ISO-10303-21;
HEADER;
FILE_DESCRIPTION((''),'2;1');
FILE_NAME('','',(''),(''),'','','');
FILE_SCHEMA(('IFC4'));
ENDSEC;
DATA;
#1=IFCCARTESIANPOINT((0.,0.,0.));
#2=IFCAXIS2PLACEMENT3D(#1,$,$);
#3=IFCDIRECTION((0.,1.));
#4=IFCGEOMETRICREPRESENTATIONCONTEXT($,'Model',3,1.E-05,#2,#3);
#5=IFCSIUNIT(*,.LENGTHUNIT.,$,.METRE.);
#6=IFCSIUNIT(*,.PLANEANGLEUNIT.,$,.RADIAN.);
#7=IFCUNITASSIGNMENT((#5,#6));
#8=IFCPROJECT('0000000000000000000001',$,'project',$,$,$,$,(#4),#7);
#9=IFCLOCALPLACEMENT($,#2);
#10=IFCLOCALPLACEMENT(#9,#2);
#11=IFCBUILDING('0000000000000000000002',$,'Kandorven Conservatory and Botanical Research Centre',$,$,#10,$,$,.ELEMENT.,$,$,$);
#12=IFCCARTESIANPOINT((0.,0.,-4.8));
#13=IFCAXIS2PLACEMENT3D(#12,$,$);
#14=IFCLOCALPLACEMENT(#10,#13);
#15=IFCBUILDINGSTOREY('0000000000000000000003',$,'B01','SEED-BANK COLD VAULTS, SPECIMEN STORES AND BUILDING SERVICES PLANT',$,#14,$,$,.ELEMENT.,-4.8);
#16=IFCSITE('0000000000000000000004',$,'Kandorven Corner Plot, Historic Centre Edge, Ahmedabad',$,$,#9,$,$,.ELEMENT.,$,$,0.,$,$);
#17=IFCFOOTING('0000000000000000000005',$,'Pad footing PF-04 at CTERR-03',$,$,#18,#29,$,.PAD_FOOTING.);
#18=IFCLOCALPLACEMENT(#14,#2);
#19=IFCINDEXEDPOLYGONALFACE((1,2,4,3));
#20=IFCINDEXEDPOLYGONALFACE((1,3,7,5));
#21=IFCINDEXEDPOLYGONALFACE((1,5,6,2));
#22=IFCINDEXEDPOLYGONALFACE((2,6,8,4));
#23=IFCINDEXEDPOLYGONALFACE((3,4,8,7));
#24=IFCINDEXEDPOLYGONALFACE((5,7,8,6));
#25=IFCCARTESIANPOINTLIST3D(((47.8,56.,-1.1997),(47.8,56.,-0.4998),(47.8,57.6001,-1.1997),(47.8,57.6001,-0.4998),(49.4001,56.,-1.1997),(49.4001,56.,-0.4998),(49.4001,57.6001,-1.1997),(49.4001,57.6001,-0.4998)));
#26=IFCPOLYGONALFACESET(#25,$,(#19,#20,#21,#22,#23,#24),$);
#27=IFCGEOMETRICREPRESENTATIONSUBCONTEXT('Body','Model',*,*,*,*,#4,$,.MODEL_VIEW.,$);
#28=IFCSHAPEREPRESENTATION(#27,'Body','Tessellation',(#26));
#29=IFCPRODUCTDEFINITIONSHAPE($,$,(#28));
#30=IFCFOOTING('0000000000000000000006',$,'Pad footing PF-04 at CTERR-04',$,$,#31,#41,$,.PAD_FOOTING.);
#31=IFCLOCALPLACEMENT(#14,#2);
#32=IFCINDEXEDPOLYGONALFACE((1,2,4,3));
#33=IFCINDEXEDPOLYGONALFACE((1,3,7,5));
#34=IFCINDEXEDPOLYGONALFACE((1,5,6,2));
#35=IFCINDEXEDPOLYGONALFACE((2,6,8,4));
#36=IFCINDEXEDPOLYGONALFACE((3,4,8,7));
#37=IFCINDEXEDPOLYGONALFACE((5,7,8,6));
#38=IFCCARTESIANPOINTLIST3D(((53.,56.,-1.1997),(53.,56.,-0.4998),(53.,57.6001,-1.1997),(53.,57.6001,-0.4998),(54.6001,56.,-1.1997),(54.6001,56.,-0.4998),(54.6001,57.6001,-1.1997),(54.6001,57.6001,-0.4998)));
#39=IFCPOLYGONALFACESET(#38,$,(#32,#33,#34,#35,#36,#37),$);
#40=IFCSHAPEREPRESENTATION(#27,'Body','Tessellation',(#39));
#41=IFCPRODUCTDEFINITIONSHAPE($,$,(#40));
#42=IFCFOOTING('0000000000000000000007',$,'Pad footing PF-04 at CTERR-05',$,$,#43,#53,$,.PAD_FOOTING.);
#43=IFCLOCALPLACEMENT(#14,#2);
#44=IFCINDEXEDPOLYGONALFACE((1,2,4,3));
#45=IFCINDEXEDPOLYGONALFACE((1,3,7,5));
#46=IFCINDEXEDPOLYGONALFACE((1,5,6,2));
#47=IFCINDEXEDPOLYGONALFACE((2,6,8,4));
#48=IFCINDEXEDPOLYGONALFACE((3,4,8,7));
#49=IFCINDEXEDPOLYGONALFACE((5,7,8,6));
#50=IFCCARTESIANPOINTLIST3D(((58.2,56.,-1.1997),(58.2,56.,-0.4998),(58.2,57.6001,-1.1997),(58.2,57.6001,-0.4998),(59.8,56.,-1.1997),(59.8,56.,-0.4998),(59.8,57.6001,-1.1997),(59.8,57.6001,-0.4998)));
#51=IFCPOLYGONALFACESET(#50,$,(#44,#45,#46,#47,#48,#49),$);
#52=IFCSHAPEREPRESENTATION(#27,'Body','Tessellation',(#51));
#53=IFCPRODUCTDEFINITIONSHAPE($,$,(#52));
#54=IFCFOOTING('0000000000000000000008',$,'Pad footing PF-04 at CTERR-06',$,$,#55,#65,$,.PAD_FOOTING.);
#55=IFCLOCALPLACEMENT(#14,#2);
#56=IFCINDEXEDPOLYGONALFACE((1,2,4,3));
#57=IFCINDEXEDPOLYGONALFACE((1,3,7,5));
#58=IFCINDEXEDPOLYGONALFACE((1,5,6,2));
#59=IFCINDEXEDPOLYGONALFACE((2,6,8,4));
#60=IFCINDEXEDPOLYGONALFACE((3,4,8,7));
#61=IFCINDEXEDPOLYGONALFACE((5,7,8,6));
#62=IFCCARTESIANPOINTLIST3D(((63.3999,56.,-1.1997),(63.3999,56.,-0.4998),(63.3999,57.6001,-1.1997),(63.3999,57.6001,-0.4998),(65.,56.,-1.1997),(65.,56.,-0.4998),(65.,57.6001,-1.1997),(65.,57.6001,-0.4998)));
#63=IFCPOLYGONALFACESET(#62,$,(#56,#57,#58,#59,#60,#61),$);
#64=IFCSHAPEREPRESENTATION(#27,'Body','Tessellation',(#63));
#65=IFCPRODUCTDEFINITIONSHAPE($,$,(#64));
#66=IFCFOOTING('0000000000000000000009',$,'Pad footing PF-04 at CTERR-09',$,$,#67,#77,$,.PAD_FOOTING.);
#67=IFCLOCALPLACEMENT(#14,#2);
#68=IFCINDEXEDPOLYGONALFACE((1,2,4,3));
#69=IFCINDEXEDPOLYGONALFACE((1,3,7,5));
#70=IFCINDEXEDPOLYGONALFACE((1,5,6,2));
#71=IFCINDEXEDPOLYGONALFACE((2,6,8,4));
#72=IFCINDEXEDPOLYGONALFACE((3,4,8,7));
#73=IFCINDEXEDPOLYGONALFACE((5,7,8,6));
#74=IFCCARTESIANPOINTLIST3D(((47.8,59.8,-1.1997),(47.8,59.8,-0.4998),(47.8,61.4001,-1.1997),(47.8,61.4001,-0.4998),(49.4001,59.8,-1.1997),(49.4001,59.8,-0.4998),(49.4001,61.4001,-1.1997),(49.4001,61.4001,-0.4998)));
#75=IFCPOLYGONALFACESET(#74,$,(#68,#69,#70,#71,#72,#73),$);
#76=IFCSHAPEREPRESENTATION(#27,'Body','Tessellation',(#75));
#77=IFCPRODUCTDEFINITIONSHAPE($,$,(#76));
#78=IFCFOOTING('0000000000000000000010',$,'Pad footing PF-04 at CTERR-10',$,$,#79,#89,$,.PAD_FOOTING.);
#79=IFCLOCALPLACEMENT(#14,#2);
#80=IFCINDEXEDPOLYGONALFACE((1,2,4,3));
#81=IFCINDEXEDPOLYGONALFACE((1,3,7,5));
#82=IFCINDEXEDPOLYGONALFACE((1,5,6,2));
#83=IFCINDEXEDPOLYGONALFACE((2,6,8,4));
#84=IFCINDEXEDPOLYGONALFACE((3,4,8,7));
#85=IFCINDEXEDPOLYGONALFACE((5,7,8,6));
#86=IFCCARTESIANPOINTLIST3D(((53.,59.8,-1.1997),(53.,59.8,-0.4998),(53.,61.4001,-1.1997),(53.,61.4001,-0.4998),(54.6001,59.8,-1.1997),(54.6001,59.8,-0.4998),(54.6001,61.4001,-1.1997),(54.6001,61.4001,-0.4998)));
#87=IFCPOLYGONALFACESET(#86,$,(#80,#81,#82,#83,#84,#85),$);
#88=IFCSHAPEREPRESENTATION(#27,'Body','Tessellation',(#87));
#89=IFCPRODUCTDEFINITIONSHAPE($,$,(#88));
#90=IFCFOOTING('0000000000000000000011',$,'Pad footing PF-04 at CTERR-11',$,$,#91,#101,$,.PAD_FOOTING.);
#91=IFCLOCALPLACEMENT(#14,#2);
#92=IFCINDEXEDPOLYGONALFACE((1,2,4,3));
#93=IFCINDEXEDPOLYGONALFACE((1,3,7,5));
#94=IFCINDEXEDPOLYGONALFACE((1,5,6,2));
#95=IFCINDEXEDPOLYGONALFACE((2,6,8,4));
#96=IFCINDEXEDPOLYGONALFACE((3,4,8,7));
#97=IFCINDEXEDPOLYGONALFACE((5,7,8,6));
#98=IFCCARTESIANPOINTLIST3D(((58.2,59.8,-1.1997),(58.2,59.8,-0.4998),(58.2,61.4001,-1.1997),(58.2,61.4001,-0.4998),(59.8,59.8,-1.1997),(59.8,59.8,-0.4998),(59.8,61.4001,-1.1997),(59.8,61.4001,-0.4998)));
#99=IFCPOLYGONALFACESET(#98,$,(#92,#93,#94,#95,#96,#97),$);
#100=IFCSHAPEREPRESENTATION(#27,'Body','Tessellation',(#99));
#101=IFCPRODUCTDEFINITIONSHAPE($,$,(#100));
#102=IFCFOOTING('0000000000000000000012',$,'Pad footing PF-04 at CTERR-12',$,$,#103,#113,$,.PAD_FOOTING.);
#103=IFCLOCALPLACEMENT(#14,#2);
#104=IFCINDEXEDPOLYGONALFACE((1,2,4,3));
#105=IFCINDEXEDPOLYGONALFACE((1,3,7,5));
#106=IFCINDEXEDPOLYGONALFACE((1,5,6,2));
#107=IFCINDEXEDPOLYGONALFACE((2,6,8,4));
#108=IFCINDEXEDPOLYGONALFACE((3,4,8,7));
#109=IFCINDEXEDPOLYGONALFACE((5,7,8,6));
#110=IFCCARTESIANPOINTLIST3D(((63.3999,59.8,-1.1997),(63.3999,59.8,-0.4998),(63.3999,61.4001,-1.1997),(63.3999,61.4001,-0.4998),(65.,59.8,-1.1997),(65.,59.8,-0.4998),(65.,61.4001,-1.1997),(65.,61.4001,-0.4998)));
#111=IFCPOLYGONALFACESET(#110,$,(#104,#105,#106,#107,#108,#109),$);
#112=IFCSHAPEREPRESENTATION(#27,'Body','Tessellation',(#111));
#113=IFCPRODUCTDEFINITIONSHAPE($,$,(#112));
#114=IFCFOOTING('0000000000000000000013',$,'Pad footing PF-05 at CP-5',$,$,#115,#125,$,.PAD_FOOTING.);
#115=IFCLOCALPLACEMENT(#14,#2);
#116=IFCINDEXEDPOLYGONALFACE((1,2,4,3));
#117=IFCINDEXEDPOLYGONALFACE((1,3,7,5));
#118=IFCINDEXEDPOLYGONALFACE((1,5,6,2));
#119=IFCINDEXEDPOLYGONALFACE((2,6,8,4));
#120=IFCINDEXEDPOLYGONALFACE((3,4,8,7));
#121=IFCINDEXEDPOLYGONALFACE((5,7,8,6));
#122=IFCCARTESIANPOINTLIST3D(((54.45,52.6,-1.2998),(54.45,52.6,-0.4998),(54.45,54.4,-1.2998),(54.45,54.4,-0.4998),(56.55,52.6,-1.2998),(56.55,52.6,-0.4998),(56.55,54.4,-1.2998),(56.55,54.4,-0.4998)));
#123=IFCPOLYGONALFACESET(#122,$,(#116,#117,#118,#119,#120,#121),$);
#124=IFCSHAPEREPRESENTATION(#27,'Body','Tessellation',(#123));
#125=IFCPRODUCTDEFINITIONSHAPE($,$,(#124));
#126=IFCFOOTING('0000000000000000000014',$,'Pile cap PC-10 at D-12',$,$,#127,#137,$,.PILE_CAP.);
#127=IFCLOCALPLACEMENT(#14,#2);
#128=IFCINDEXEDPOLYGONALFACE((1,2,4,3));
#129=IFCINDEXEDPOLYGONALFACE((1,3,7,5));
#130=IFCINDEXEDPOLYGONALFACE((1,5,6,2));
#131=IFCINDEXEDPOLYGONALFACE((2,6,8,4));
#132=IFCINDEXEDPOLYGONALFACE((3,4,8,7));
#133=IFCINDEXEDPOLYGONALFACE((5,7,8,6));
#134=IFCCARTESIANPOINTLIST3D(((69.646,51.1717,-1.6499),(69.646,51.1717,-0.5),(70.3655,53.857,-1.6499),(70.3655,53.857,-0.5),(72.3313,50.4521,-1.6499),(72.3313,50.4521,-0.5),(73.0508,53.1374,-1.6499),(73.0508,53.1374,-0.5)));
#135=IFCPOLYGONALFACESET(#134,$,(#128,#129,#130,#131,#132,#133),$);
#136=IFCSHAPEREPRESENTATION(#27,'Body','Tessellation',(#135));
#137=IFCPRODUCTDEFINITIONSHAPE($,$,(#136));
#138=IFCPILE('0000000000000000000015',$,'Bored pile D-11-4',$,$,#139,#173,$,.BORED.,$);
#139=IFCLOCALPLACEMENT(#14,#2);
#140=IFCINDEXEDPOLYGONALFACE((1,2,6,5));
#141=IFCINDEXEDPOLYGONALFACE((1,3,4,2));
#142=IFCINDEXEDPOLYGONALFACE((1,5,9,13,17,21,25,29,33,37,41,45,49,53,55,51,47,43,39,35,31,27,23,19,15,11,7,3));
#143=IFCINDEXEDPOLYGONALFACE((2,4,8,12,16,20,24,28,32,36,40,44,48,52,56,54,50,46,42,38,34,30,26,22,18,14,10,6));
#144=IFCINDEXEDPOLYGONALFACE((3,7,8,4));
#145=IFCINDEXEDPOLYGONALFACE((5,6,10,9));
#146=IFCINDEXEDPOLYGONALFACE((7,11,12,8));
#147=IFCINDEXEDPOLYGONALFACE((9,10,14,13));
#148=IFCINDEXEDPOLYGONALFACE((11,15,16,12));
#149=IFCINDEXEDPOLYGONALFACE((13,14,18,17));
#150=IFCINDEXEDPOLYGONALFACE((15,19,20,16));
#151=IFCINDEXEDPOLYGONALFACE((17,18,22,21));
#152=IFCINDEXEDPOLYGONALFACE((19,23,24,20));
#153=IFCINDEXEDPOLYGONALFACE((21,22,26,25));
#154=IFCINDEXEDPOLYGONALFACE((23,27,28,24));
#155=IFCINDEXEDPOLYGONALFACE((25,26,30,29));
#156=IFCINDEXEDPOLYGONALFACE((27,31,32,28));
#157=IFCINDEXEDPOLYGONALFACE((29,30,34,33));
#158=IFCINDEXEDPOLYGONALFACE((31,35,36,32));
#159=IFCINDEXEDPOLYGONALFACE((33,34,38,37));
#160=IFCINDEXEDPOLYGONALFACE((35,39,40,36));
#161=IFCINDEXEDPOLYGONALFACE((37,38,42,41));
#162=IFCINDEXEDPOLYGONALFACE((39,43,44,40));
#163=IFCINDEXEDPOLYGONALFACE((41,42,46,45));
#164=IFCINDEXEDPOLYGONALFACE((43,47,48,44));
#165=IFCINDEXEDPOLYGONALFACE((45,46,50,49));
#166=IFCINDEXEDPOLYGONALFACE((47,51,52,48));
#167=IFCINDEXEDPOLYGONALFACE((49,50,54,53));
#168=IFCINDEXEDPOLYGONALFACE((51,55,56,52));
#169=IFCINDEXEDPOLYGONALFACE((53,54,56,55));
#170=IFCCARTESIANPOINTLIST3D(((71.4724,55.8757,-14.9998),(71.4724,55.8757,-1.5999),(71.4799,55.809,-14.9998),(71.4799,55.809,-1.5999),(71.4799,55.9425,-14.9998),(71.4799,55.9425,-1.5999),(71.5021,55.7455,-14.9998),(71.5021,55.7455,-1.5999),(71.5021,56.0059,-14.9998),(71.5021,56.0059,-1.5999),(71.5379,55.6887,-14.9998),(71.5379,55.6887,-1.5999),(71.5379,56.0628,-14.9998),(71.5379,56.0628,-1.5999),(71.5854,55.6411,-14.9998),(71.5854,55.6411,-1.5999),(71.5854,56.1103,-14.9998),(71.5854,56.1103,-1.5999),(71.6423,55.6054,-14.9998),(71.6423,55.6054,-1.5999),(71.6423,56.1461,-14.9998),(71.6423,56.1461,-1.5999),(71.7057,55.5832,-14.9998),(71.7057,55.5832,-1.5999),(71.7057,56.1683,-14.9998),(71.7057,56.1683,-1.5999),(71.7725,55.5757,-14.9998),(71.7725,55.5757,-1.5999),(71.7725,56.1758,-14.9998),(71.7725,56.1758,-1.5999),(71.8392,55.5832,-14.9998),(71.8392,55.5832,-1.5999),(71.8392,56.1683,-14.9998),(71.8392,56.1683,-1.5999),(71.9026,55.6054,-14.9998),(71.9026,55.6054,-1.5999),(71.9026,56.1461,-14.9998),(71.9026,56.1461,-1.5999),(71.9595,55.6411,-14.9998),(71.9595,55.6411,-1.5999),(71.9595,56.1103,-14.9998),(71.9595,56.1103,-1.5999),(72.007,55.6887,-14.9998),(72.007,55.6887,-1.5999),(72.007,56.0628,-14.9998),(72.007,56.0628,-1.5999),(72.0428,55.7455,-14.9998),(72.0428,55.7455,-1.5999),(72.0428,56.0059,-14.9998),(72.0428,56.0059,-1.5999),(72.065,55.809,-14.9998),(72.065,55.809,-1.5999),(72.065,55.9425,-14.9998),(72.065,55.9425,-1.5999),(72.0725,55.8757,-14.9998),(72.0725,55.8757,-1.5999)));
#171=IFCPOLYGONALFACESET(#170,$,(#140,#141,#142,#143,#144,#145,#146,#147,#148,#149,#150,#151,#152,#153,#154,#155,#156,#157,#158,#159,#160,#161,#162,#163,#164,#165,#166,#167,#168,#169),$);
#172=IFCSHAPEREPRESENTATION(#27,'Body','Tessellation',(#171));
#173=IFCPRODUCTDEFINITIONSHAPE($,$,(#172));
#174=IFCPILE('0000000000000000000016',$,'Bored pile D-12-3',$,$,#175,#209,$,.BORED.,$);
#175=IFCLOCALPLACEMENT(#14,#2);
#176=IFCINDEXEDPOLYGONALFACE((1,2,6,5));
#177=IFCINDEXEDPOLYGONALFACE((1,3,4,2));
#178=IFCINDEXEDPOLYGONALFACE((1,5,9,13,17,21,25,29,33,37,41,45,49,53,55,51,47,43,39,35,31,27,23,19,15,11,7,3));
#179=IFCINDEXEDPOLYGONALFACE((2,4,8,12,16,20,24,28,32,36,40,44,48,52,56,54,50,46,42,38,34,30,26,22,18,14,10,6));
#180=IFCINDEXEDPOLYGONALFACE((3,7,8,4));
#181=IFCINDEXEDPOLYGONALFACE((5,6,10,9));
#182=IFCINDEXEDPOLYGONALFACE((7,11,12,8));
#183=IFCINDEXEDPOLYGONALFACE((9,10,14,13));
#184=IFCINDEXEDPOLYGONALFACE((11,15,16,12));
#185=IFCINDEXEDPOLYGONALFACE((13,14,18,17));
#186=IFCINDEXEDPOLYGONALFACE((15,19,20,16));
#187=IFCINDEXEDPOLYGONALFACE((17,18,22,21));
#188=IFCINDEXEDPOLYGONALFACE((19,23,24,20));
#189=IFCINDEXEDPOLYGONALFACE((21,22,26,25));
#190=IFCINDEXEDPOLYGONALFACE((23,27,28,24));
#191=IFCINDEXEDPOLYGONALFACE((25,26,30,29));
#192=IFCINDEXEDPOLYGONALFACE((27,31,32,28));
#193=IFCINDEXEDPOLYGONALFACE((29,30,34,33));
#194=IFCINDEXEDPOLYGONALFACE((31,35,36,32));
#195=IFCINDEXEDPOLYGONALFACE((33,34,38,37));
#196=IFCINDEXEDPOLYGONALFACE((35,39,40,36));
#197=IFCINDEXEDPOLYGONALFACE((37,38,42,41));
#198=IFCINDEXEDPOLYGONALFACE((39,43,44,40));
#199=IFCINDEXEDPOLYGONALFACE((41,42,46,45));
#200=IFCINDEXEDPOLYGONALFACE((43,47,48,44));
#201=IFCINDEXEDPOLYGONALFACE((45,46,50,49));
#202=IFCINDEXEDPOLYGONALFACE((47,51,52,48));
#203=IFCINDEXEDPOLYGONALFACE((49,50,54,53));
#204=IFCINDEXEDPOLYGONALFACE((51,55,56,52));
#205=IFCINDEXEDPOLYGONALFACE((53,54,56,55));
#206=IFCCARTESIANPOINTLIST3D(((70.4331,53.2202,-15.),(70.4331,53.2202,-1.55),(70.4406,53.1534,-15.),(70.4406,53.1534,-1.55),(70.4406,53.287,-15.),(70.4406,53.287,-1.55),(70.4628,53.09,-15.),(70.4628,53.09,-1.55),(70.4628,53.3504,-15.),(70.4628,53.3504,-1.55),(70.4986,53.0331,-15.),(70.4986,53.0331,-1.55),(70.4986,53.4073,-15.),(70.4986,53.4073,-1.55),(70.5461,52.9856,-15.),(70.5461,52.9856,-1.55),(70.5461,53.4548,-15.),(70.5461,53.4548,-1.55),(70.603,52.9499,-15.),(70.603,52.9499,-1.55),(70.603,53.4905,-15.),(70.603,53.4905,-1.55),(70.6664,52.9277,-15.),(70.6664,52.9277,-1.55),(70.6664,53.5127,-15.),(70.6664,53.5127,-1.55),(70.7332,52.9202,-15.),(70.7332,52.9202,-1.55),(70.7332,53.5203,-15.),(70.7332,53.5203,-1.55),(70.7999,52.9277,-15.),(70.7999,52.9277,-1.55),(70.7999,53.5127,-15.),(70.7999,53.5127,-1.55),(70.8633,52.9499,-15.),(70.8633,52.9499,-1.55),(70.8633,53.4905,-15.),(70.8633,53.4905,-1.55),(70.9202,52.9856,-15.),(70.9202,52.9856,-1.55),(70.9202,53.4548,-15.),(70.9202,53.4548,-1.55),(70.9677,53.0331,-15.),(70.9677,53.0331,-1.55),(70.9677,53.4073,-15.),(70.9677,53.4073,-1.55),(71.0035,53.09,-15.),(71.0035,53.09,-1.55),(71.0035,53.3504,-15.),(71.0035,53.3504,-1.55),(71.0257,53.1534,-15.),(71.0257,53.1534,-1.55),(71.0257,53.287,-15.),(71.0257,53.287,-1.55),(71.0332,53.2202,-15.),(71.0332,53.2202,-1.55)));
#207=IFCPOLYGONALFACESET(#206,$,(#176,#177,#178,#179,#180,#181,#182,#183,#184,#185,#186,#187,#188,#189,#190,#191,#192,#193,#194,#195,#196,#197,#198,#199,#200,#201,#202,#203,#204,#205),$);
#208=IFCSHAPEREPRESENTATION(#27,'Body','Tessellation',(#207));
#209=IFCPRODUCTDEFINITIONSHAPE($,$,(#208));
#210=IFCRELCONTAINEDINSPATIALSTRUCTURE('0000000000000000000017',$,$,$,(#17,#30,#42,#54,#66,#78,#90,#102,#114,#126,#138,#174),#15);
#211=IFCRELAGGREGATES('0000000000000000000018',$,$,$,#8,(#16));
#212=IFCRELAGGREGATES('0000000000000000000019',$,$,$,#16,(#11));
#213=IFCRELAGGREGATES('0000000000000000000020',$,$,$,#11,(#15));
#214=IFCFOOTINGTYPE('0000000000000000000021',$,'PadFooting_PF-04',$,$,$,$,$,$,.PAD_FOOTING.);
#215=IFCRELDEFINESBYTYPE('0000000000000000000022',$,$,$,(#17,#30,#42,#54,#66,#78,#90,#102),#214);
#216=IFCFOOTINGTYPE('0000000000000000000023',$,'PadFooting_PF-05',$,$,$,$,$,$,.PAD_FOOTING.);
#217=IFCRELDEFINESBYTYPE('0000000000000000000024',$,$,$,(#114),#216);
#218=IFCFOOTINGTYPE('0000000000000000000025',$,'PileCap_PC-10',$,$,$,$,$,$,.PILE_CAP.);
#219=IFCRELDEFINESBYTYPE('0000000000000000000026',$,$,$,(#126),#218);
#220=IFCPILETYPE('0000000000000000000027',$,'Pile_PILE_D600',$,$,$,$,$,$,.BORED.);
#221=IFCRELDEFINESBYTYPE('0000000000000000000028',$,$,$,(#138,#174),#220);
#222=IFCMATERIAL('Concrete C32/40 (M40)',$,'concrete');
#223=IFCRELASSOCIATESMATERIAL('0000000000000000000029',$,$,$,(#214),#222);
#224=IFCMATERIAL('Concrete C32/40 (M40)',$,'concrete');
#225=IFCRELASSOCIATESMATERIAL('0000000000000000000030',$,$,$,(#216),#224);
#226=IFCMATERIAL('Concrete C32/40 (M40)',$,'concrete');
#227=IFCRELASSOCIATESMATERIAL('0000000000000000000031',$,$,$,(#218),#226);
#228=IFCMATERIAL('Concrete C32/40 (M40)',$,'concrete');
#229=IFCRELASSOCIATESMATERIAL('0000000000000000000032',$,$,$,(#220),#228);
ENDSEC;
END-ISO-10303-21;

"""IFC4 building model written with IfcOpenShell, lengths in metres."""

from ifc_helpers import new_model, si_unit, direction, frame, origin, origin_2d, place, context, subcontext, project, spatial, rectangle, circle, extrude, material, material_profile, profile_set, type_object, element, save


model = new_model("IFC4")

# Units and contexts
model_context = context("Model", 3, precision=1e-05, world=origin(), true_north=direction((0.0, 1.0)))
body_context = subcontext(model_context, "Body", "Model", "MODEL_VIEW")
ifc_project = project(units=[si_unit("LENGTHUNIT", "METRE"), si_unit("PLANEANGLEUNIT", "RADIAN")], contexts=[model_context])

# Site, building, storey
site_placement = place(None, origin())
site = spatial("IfcSite", under=ifc_project, at=site_placement, Name="Kandorven Corner Plot, Historic Centre Edge, Ahmedabad", CompositionType="ELEMENT", RefElevation=0.0)
building_placement = place(site_placement, origin())
building = spatial("IfcBuilding", under=site, at=building_placement, Name="Kandorven Conservatory and Botanical Research Centre", CompositionType="ELEMENT")
storey_placement = place(building_placement, frame((0.0, 0.0, -4.8)))
storey = spatial("IfcBuildingStorey", under=building, at=storey_placement, Name="B01", Description="SEED-BANK COLD VAULTS, SPECIMEN STORES AND BUILDING SERVICES PLANT", CompositionType="ELEMENT", Elevation=-4.8)

# Footings
ifc_material_1 = material(Name="Concrete C32/40 (M40)", Category="concrete")
footing_type_1 = type_object("IfcFootingType", Name="PadFooting_PF-04", PredefinedType="PAD_FOOTING", material=ifc_material_1)
for number, where, z_axis, x_axis, name in (
    (1, (48.6001, 56.8, -1.1997), (0.0, 0.0, 1.0), (1.0, 0.0, 0.0), "Pad footing PF-04 at CTERR-03"),
    (2, (53.8, 56.8, -1.1997), (0.0, 0.0, 1.0), (1.0, 0.0, 0.0), "Pad footing PF-04 at CTERR-04"),
    (3, (59.0, 56.8, -1.1997), (0.0, 0.0, 1.0), (1.0, 0.0, 0.0), "Pad footing PF-04 at CTERR-05"),
    (4, (64.2, 56.8, -1.1997), (0.0, 0.0, 1.0), (1.0, 0.0, 0.0), "Pad footing PF-04 at CTERR-06"),
    (5, (48.6001, 60.6001, -1.1997), (0.0, 0.0, 1.0), (1.0, 0.0, 0.0), "Pad footing PF-04 at CTERR-09"),
    (6, (53.8, 60.6001, -1.1997), (0.0, 0.0, 1.0), (1.0, 0.0, 0.0), "Pad footing PF-04 at CTERR-10"),
    (7, (59.0, 60.6001, -1.1997), (0.0, 0.0, 1.0), (1.0, 0.0, 0.0), "Pad footing PF-04 at CTERR-11"),
    (8, (64.2, 60.6001, -1.1997), (0.0, 0.0, 1.0), (1.0, 0.0, 0.0), "Pad footing PF-04 at CTERR-12"),
):
    element("IfcFooting", number, at=place(storey_placement, frame(where, z_axis=z_axis, x_axis=x_axis)), inside=storey, type_object=footing_type_1, Name=name, PredefinedType="PAD_FOOTING", context=body_context, shape_type="SweptSolid", body=[
        extrude(rectangle(XDim=1.6001, YDim=1.6001, at=origin_2d()), origin(), (0.0, 0.0, 1.0), 0.7),
    ])
ifc_material_2 = material(Name="Concrete C32/40 (M40)", Category="concrete")
footing_type_2 = type_object("IfcFootingType", Name="PadFooting_PF-05", PredefinedType="PAD_FOOTING", material=ifc_material_2)
footing_1_placement = place(storey_placement, frame((55.5, 53.5, -1.2998), z_axis=(0.0, 0.0, 1.0), x_axis=(1.0, 0.0, 0.0)))
element("IfcFooting", 9, at=footing_1_placement, inside=storey, type_object=footing_type_2, Name="Pad footing PF-05 at CP-5", PredefinedType="PAD_FOOTING", context=body_context, shape_type="SweptSolid", body=[
    extrude(rectangle(XDim=2.1001, YDim=1.8, at=origin_2d()), origin(), (0.0, 0.0, 1.0), 0.8),
])
ifc_material_3 = material(Name="Concrete C32/40 (M40)", Category="concrete")
footing_type_3 = type_object("IfcFootingType", Name="PileCap_PC-10", PredefinedType="PILE_CAP", material=ifc_material_3)
footing_2_placement = place(storey_placement, frame((71.3484, 52.1545, -1.6499), z_axis=(0.0, 0.0, 1.0), x_axis=(-0.965926, 0.258819, 0.0)))
element("IfcFooting", 10, at=footing_2_placement, inside=storey, type_object=footing_type_3, Name="Pile cap PC-10 at D-12", PredefinedType="PILE_CAP", context=body_context, shape_type="SweptSolid", body=[
    extrude(rectangle(XDim=2.78, YDim=2.78, at=origin_2d()), origin(), (0.0, 0.0, 1.0), 1.1499),
])

# Piles
ifc_material_4 = material(Name="Concrete C32/40 (M40)", Category="concrete")
ifc_material_profile_1 = material_profile(ifc_material_4, circle(Radius=0.3, at=origin_2d()))
ifc_profile_set_1 = profile_set([ifc_material_profile_1], Name="Concrete C32/40 (M40)")
pile_type = type_object("IfcPileType", Name="Pile_PILE_D600", PredefinedType="BORED", material=ifc_profile_set_1)
pile_1_placement = place(storey_placement, frame((71.7725, 55.8757, -1.5999), z_axis=(0.0, 0.0, -1.0), x_axis=(1.0, 0.0, 0.0)))
element("IfcPile", 11, at=pile_1_placement, inside=storey, type_object=pile_type, Name="Bored pile D-11-4", PredefinedType="BORED", context=body_context, shape_type="SweptSolid", body=[
    extrude(circle(Radius=0.3, at=origin_2d()), origin(), (0.0, 0.0, 1.0), 13.3999),
])
pile_2_placement = place(storey_placement, frame((70.7332, 53.2202, -1.55), z_axis=(0.0, 0.0, -1.0), x_axis=(1.0, 0.0, 0.0)))
element("IfcPile", 12, at=pile_2_placement, inside=storey, type_object=pile_type, Name="Bored pile D-12-3", PredefinedType="BORED", context=body_context, shape_type="SweptSolid", body=[
    extrude(circle(Radius=0.3, at=origin_2d()), origin(), (0.0, 0.0, 1.0), 13.45),
])

save(model, "model.ifc")
